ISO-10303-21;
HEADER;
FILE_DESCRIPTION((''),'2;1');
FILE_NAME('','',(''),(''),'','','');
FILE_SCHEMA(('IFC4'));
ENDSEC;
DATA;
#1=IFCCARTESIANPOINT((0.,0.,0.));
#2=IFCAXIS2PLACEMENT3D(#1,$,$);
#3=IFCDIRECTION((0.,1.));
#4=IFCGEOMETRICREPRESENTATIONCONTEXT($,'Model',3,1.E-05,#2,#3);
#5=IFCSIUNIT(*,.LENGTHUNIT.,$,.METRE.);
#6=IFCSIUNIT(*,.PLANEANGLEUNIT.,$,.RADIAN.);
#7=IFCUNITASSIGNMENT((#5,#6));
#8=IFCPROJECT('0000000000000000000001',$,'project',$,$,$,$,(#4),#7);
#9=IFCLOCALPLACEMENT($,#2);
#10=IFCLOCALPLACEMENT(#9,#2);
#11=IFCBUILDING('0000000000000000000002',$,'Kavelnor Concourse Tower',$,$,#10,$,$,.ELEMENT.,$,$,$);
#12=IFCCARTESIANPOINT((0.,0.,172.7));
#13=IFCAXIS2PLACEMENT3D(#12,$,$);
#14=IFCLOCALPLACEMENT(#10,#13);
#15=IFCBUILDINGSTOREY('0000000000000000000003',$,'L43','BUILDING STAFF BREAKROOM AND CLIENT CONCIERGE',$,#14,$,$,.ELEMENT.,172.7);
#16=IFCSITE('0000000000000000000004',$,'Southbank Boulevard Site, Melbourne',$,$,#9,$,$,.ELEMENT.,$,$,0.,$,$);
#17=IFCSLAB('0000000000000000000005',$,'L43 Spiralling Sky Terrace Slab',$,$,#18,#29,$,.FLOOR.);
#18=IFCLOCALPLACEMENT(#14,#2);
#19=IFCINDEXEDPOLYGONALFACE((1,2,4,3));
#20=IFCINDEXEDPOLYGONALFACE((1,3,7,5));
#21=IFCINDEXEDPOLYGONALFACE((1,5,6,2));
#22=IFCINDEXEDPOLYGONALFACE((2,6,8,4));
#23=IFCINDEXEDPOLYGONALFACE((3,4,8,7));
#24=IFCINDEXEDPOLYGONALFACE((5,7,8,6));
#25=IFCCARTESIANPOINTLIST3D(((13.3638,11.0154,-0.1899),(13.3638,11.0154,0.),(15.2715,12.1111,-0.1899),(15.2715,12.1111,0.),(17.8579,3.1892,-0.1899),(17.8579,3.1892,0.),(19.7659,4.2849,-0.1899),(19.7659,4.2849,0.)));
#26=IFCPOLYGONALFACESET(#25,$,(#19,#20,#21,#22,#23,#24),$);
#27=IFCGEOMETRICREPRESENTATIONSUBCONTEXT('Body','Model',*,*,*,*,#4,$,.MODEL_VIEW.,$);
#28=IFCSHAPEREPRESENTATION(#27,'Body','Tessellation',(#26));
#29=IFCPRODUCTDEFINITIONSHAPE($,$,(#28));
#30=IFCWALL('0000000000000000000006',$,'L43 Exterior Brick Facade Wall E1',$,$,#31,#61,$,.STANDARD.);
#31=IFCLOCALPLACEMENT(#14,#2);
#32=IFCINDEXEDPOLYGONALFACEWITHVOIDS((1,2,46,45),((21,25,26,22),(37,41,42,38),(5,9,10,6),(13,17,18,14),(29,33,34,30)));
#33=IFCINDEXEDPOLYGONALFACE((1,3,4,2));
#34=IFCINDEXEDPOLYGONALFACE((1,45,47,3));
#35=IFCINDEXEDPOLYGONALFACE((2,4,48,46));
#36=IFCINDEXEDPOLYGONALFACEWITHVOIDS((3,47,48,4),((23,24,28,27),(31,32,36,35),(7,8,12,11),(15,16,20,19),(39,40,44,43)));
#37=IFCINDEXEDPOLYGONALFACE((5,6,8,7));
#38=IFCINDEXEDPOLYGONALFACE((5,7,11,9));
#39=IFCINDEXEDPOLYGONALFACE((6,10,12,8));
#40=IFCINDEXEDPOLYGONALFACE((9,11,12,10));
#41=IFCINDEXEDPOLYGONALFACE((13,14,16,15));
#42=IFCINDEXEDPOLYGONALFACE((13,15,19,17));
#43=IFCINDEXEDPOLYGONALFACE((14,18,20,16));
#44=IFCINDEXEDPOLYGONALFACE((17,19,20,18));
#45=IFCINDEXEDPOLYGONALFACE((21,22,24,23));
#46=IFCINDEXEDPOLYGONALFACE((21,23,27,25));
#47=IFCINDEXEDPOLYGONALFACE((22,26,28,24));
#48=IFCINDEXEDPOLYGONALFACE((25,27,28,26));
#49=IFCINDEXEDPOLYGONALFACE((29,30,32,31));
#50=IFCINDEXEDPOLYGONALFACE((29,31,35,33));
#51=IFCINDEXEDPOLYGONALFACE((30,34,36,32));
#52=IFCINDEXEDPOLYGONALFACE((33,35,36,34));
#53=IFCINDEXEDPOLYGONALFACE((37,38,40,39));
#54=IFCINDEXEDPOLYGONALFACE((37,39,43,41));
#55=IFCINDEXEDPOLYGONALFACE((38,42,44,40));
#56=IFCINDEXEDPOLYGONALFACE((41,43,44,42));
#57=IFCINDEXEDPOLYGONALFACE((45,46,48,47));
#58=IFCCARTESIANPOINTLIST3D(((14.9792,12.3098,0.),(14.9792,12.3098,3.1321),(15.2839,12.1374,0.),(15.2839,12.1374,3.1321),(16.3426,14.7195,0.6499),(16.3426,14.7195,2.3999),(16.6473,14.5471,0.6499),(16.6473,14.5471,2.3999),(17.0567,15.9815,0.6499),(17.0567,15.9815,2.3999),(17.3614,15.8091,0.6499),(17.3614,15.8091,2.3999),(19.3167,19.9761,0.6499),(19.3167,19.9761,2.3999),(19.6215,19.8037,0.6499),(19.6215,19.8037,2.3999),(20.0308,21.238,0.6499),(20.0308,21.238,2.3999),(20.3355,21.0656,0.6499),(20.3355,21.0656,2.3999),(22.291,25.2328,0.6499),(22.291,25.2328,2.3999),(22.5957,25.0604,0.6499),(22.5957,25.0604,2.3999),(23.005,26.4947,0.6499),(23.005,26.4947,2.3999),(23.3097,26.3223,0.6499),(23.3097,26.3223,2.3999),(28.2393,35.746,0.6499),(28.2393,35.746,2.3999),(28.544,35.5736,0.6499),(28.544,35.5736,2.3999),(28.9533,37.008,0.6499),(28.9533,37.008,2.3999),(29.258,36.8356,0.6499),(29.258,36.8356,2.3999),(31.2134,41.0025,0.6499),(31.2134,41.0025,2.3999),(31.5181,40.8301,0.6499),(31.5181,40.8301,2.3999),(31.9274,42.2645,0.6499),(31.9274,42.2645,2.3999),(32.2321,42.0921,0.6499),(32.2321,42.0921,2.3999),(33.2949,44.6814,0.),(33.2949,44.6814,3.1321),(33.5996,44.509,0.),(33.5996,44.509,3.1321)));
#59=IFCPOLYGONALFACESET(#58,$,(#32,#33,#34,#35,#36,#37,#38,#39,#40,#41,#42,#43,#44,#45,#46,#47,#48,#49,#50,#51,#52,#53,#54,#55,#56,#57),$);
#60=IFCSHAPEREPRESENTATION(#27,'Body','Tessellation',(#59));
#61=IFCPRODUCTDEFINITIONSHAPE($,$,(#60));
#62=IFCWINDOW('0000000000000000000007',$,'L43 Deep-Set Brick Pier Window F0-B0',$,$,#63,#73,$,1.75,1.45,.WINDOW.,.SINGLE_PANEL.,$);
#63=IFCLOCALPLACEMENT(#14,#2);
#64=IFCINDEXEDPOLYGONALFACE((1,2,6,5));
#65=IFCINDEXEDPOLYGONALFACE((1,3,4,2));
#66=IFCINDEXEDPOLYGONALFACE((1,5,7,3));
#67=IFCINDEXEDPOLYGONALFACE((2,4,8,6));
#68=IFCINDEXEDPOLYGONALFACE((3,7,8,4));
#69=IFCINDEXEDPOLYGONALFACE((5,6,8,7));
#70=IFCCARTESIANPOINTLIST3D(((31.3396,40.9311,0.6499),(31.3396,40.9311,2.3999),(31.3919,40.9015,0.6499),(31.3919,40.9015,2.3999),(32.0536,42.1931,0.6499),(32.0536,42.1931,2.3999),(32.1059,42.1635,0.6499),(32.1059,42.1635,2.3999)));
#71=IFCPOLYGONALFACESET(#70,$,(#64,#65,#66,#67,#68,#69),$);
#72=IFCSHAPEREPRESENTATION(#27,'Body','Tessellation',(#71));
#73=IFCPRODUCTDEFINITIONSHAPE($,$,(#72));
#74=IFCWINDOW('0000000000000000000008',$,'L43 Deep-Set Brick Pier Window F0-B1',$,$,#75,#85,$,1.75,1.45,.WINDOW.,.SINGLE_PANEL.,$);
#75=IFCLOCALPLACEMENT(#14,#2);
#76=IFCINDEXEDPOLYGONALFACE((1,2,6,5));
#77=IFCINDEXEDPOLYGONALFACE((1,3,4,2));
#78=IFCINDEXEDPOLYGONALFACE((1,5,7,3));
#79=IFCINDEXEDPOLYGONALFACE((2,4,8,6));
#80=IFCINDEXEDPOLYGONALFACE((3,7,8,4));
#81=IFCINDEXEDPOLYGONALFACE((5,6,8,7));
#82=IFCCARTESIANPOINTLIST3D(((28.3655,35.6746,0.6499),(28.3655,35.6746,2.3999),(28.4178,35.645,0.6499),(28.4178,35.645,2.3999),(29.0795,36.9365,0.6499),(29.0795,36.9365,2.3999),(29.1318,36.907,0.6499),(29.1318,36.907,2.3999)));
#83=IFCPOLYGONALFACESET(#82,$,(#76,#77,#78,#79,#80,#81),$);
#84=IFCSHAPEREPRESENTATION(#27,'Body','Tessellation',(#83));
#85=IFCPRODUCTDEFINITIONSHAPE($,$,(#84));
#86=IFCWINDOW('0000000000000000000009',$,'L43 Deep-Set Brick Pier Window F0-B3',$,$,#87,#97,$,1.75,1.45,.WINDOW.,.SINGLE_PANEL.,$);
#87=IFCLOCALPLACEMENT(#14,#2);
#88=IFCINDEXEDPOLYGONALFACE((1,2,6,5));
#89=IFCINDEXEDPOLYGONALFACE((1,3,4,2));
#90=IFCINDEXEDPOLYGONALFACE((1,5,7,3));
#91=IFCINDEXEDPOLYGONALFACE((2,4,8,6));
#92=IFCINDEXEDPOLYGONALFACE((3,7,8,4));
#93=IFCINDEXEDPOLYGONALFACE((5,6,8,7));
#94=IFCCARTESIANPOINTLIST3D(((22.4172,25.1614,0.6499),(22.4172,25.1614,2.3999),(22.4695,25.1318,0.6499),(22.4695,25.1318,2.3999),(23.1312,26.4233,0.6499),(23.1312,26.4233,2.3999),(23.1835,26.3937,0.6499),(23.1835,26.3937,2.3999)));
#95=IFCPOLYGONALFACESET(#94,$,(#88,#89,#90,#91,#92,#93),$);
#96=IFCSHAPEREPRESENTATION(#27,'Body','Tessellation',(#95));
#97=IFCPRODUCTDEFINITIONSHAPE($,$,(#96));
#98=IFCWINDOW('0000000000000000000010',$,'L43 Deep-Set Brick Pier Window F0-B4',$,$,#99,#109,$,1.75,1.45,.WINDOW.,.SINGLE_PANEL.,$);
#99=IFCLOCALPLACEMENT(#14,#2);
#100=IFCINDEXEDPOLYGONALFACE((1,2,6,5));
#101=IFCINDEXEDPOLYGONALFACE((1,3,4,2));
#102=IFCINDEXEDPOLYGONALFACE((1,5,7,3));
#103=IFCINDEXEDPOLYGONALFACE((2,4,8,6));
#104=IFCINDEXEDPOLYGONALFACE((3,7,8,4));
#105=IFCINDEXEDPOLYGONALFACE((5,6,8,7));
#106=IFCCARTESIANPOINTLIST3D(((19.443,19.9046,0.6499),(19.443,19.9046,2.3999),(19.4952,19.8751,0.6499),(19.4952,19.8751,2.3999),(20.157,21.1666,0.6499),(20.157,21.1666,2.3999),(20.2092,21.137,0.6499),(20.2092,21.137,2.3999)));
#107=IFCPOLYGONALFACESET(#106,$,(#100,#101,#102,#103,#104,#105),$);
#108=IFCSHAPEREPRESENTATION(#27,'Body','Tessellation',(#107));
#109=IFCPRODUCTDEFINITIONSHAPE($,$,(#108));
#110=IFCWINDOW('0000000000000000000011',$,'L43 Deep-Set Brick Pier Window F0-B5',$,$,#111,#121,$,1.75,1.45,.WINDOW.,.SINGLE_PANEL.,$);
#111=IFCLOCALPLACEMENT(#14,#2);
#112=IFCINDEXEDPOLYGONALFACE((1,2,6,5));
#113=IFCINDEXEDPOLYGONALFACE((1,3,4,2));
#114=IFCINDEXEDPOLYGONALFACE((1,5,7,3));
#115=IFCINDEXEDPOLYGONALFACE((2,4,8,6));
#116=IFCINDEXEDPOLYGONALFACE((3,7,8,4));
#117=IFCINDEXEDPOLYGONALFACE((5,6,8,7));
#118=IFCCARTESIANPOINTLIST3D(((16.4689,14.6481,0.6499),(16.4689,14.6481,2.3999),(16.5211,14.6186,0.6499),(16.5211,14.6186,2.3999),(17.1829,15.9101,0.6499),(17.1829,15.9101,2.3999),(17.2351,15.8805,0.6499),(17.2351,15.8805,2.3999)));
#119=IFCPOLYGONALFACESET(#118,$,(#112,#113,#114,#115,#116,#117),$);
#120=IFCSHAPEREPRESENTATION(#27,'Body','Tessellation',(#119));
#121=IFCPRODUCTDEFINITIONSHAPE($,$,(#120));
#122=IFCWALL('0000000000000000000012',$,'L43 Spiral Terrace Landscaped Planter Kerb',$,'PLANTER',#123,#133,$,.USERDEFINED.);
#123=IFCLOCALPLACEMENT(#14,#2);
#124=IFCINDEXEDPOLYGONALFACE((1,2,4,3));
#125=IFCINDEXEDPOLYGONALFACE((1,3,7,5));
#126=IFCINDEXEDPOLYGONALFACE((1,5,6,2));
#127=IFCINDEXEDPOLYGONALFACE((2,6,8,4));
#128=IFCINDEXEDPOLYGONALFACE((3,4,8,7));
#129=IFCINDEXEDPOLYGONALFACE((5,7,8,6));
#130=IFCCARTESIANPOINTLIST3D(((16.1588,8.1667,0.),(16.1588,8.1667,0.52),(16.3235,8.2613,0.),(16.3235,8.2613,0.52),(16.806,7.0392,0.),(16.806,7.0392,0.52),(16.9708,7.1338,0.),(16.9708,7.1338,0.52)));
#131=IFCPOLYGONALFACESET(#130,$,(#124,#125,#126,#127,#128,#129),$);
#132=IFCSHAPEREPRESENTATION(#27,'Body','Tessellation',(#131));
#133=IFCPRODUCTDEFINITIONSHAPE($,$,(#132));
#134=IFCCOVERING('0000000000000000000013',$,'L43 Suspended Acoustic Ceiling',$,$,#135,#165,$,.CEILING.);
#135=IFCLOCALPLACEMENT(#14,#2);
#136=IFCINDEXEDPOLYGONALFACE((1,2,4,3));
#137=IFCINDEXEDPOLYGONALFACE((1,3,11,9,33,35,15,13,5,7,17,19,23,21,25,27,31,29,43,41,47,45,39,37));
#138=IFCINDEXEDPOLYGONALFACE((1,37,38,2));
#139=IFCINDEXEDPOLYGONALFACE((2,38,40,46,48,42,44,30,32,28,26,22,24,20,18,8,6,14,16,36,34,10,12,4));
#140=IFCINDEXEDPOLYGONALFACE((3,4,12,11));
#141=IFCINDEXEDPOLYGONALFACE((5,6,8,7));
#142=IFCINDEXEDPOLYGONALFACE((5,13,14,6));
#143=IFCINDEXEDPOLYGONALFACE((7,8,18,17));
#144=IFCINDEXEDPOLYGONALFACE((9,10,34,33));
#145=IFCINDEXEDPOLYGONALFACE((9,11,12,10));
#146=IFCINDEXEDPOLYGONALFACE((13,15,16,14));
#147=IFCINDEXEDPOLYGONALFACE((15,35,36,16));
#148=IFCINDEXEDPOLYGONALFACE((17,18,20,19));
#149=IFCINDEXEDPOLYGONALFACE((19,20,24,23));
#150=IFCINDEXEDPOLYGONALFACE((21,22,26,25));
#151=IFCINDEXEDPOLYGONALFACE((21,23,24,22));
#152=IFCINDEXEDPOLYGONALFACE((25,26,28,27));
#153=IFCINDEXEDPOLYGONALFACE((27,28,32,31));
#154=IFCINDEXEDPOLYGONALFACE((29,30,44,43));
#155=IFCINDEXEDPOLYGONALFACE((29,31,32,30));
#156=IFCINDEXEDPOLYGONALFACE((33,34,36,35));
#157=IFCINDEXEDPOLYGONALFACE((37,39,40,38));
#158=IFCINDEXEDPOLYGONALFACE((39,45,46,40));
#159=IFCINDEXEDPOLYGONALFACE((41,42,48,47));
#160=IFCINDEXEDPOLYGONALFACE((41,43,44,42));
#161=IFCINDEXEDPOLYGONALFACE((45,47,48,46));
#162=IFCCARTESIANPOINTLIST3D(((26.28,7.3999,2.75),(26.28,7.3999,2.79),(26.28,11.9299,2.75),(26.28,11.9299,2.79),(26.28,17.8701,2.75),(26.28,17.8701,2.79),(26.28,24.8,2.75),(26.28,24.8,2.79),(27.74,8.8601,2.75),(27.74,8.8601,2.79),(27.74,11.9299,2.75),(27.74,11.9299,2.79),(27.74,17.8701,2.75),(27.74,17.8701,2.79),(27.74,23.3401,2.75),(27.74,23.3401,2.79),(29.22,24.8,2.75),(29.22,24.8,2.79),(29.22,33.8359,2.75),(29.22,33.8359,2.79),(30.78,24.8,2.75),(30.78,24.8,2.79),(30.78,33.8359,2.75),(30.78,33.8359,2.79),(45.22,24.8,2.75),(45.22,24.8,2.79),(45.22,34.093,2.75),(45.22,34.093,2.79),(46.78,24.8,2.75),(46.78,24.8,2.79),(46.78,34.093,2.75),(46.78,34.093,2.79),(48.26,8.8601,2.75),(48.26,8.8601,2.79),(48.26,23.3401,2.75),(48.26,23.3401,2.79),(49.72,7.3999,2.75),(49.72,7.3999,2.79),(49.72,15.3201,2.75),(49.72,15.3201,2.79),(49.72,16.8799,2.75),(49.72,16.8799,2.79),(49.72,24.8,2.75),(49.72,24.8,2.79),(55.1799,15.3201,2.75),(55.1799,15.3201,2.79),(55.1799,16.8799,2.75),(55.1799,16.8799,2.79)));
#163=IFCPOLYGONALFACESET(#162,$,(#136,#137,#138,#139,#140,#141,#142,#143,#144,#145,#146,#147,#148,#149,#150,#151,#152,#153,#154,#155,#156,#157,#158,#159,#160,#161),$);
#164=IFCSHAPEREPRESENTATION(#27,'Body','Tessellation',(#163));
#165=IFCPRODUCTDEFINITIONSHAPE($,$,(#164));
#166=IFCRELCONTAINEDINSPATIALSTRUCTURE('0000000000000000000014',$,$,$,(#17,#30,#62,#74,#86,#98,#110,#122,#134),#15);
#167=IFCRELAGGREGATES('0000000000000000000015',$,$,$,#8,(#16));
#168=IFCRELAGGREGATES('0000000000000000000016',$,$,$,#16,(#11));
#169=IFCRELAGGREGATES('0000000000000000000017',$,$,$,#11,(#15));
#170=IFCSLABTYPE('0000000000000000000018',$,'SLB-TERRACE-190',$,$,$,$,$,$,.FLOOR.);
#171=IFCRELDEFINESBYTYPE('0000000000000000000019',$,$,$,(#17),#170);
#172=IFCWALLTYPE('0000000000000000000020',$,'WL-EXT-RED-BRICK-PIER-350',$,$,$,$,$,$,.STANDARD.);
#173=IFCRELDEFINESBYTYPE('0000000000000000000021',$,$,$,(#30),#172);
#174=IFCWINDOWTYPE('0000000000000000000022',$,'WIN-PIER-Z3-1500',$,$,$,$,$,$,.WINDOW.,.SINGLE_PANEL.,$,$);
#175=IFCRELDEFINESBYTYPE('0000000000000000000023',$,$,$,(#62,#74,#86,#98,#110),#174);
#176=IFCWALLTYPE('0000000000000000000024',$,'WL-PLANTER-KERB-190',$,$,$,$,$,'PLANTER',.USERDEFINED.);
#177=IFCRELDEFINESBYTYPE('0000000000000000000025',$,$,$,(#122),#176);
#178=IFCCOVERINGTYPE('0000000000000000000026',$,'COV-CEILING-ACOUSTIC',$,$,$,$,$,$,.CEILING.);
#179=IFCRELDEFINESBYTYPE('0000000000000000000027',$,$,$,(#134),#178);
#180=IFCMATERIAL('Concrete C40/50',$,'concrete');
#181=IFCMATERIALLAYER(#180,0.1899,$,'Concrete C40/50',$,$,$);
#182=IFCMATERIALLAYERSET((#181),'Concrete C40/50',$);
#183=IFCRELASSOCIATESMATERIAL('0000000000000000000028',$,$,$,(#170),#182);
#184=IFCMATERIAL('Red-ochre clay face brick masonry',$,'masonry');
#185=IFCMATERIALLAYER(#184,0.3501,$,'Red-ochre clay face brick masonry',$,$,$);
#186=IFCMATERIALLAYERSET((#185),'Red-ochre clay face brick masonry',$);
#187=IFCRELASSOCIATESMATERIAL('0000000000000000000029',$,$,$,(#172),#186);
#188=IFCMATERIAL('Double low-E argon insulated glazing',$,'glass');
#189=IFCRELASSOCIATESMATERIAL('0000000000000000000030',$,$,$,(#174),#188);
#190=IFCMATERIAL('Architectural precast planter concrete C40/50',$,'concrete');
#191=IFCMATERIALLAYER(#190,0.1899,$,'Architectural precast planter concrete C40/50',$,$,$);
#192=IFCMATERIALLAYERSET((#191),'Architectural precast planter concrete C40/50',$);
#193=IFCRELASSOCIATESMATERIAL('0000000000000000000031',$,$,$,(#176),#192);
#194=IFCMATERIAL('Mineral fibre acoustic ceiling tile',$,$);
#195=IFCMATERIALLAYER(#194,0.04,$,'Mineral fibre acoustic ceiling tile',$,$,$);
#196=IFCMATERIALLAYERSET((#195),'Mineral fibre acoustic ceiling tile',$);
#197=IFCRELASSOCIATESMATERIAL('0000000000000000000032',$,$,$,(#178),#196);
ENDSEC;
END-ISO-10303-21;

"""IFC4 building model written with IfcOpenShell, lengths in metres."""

from ifc_helpers import new_model, si_unit, direction, frame, frame_2d, origin, place, context, subcontext, project, spatial, polyline, rectangle, outline, extrude, material, layer, layer_set, type_object, element, fill, save


model = new_model("IFC4")

# Units and contexts
model_context = context("Model", 3, precision=1e-05, world=origin(), true_north=direction((0.0, 1.0)))
body_context = subcontext(model_context, "Body", "Model", "MODEL_VIEW")
ifc_project = project(units=[si_unit("LENGTHUNIT", "METRE"), si_unit("PLANEANGLEUNIT", "RADIAN")], contexts=[model_context])

# Site, building, storey
site_placement = place(None, origin())
site = spatial("IfcSite", under=ifc_project, at=site_placement, Name="Southbank Boulevard Site, Melbourne", CompositionType="ELEMENT", RefElevation=0.0)
building_placement = place(site_placement, origin())
building = spatial("IfcBuilding", under=site, at=building_placement, Name="Kavelnor Concourse Tower", CompositionType="ELEMENT")
storey_placement = place(building_placement, frame((0.0, 0.0, 172.7)))
storey = spatial("IfcBuildingStorey", under=building, at=storey_placement, Name="L43", Description="BUILDING STAFF BREAKROOM AND CLIENT CONCIERGE", CompositionType="ELEMENT", Elevation=172.7)

# Shared definitions
ifc_material_1 = material(Name="Concrete C40/50", Category="concrete")

# Slab
ifc_layer_1 = layer(ifc_material_1, 0.1899, Name="Concrete C40/50")
ifc_layer_set_1 = layer_set([ifc_layer_1], Name="Concrete C40/50")
slab_type_1 = type_object("IfcSlabType", Name="SLB-TERRACE-190", PredefinedType="FLOOR", material=ifc_layer_set_1)
slab_1_placement = place(storey_placement, frame((0.0, 0.0, -0.1899)))
element("IfcSlab", 1, at=slab_1_placement, inside=storey, type_object=slab_type_1, Name="L43 Spiralling Sky Terrace Slab", PredefinedType="FLOOR", context=body_context, shape_type="SweptSolid", body=[
    extrude(outline(polyline([(17.8579, 3.1892), (13.3638, 11.0154), (15.2715, 12.1111), (19.7659, 4.2849), (17.8579, 3.1892)])), origin(), (0.0, 0.0, 1.0), 0.1899),
])

# Wall, openings, windows
ifc_material_2 = material(Name="Red-ochre clay face brick masonry", Category="masonry")
ifc_layer_2 = layer(ifc_material_2, 0.3501, Name="Red-ochre clay face brick masonry")
ifc_layer_set_2 = layer_set([ifc_layer_2], Name="Red-ochre clay face brick masonry")
wall_type_1 = type_object("IfcWallType", Name="WL-EXT-RED-BRICK-PIER-350", PredefinedType="STANDARD", material=ifc_layer_set_2)
wall_1_placement = place(storey_placement, frame((15.1316, 12.2236, 0.0), z_axis=(0.0, 0.0, 1.0), x_axis=(0.492438, 0.870347, 0.0)))
wall_1 = element("IfcWall", 2, at=wall_1_placement, inside=storey, type_object=wall_type_1, Name="L43 Exterior Brick Facade Wall E1", PredefinedType="STANDARD", context=body_context, shape_type="SweptSolid", body=[
    extrude(rectangle(XDim=37.1938, YDim=0.3501, at=frame_2d((18.5969, 0.0))), origin(), (0.0, 0.0, 1.0), 3.1321),
])
opening_1_placement = place(wall_1_placement, frame((32.9668, 0.0, 0.6499)))
opening_1 = element("IfcOpeningElement", 3, at=opening_1_placement, cuts=wall_1, PredefinedType="OPENING", context=body_context, shape_type="SweptSolid", body=[
    extrude(rectangle(XDim=1.45, YDim=1.75, at=frame_2d((0.7251, 0.875))), frame((0.0, 0.1851, 0.0), z_axis=(0.0, -1.0, 0.0), x_axis=(1.0, 0.0, 0.0)), (0.0, 0.0, 1.0), 0.3701),
])
opening_2_placement = place(wall_1_placement, frame((26.9272, 0.0, 0.6499)))
opening_2 = element("IfcOpeningElement", 4, at=opening_2_placement, cuts=wall_1, PredefinedType="OPENING", context=body_context, shape_type="SweptSolid", body=[
    extrude(rectangle(XDim=1.45, YDim=1.75, at=frame_2d((0.7251, 0.875))), frame((0.0, 0.1851, 0.0), z_axis=(0.0, -1.0, 0.0), x_axis=(1.0, 0.0, 0.0)), (0.0, 0.0, 1.0), 0.3701),
])
opening_3_placement = place(wall_1_placement, frame((14.8479, 0.0, 0.6499)))
opening_3 = element("IfcOpeningElement", 5, at=opening_3_placement, cuts=wall_1, PredefinedType="OPENING", context=body_context, shape_type="SweptSolid", body=[
    extrude(rectangle(XDim=1.45, YDim=1.75, at=frame_2d((0.7251, 0.875))), frame((0.0, 0.1851, 0.0), z_axis=(0.0, -1.0, 0.0), x_axis=(1.0, 0.0, 0.0)), (0.0, 0.0, 1.0), 0.3701),
])
opening_4_placement = place(wall_1_placement, frame((8.8081, 0.0, 0.6499)))
opening_4 = element("IfcOpeningElement", 6, at=opening_4_placement, cuts=wall_1, PredefinedType="OPENING", context=body_context, shape_type="SweptSolid", body=[
    extrude(rectangle(XDim=1.45, YDim=1.75, at=frame_2d((0.7251, 0.875))), frame((0.0, 0.1851, 0.0), z_axis=(0.0, -1.0, 0.0), x_axis=(1.0, 0.0, 0.0)), (0.0, 0.0, 1.0), 0.3701),
])
opening_5_placement = place(wall_1_placement, frame((2.7686, 0.0, 0.6499)))
opening_5 = element("IfcOpeningElement", 7, at=opening_5_placement, cuts=wall_1, PredefinedType="OPENING", context=body_context, shape_type="SweptSolid", body=[
    extrude(rectangle(XDim=1.45, YDim=1.75, at=frame_2d((0.7251, 0.875))), frame((0.0, 0.1851, 0.0), z_axis=(0.0, -1.0, 0.0), x_axis=(1.0, 0.0, 0.0)), (0.0, 0.0, 1.0), 0.3701),
])
ifc_material_3 = material(Name="Double low-E argon insulated glazing", Category="glass")
window_type = type_object("IfcWindowType", Name="WIN-PIER-Z3-1500", PartitioningType="SINGLE_PANEL", PredefinedType="WINDOW", material=ifc_material_3)
window_1_placement = place(opening_1_placement, origin())
window_1 = element("IfcWindow", 8, at=window_1_placement, inside=storey, type_object=window_type, Name="L43 Deep-Set Brick Pier Window F0-B0", OverallHeight=1.75, OverallWidth=1.45, PartitioningType="SINGLE_PANEL", PredefinedType="WINDOW", context=body_context, shape_type="SweptSolid", body=[
    extrude(rectangle(XDim=1.45, YDim=1.75, at=frame_2d((0.7251, 0.875))), frame((0.0, 0.03, 0.0), z_axis=(0.0, -1.0, 0.0), x_axis=(1.0, 0.0, 0.0)), (0.0, 0.0, 1.0), 0.0601),
])
fill(opening_1, window_1)
window_2_placement = place(opening_2_placement, origin())
window_2 = element("IfcWindow", 9, at=window_2_placement, inside=storey, type_object=window_type, Name="L43 Deep-Set Brick Pier Window F0-B1", OverallHeight=1.75, OverallWidth=1.45, PartitioningType="SINGLE_PANEL", PredefinedType="WINDOW", context=body_context, shape_type="SweptSolid", body=[
    extrude(rectangle(XDim=1.45, YDim=1.75, at=frame_2d((0.7251, 0.875))), frame((0.0, 0.03, 0.0), z_axis=(0.0, -1.0, 0.0), x_axis=(1.0, 0.0, 0.0)), (0.0, 0.0, 1.0), 0.0601),
])
fill(opening_2, window_2)
window_3_placement = place(opening_3_placement, origin())
window_3 = element("IfcWindow", 10, at=window_3_placement, inside=storey, type_object=window_type, Name="L43 Deep-Set Brick Pier Window F0-B3", OverallHeight=1.75, OverallWidth=1.45, PartitioningType="SINGLE_PANEL", PredefinedType="WINDOW", context=body_context, shape_type="SweptSolid", body=[
    extrude(rectangle(XDim=1.45, YDim=1.75, at=frame_2d((0.7251, 0.875))), frame((0.0, 0.03, 0.0), z_axis=(0.0, -1.0, 0.0), x_axis=(1.0, 0.0, 0.0)), (0.0, 0.0, 1.0), 0.0601),
])
fill(opening_3, window_3)
window_4_placement = place(opening_4_placement, origin())
window_4 = element("IfcWindow", 11, at=window_4_placement, inside=storey, type_object=window_type, Name="L43 Deep-Set Brick Pier Window F0-B4", OverallHeight=1.75, OverallWidth=1.45, PartitioningType="SINGLE_PANEL", PredefinedType="WINDOW", context=body_context, shape_type="SweptSolid", body=[
    extrude(rectangle(XDim=1.45, YDim=1.75, at=frame_2d((0.7251, 0.875))), frame((0.0, 0.03, 0.0), z_axis=(0.0, -1.0, 0.0), x_axis=(1.0, 0.0, 0.0)), (0.0, 0.0, 1.0), 0.0601),
])
fill(opening_4, window_4)
window_5_placement = place(opening_5_placement, origin())
window_5 = element("IfcWindow", 12, at=window_5_placement, inside=storey, type_object=window_type, Name="L43 Deep-Set Brick Pier Window F0-B5", OverallHeight=1.75, OverallWidth=1.45, PartitioningType="SINGLE_PANEL", PredefinedType="WINDOW", context=body_context, shape_type="SweptSolid", body=[
    extrude(rectangle(XDim=1.45, YDim=1.75, at=frame_2d((0.7251, 0.875))), frame((0.0, 0.03, 0.0), z_axis=(0.0, -1.0, 0.0), x_axis=(1.0, 0.0, 0.0)), (0.0, 0.0, 1.0), 0.0601),
])
fill(opening_5, window_5)

# Wall
ifc_material_4 = material(Name="Architectural precast planter concrete C40/50", Category="concrete")
ifc_layer_3 = layer(ifc_material_4, 0.1899, Name="Architectural precast planter concrete C40/50")
ifc_layer_set_3 = layer_set([ifc_layer_3], Name="Architectural precast planter concrete C40/50")
wall_type_2 = type_object("IfcWallType", Name="WL-PLANTER-KERB-190", ElementType="PLANTER", PredefinedType="USERDEFINED", material=ifc_layer_set_3)
wall_2_placement = place(storey_placement, frame((16.2412, 8.2139, 0.0), z_axis=(0.0, 0.0, 1.0), x_axis=(0.497857, -0.867259, 0.0)))
element("IfcWall", 13, at=wall_2_placement, inside=storey, type_object=wall_type_2, Name="L43 Spiral Terrace Landscaped Planter Kerb", ObjectType="PLANTER", PredefinedType="USERDEFINED", context=body_context, shape_type="SweptSolid", body=[
    extrude(rectangle(XDim=1.3, YDim=0.1899, at=frame_2d((0.6499, 0.0))), origin(), (0.0, 0.0, 1.0), 0.52),
])

# Covering
ifc_material_5 = material(Name="Mineral fibre acoustic ceiling tile")
ifc_layer_4 = layer(ifc_material_5, 0.04, Name="Mineral fibre acoustic ceiling tile")
ifc_layer_set_4 = layer_set([ifc_layer_4], Name="Mineral fibre acoustic ceiling tile")
covering_type = type_object("IfcCoveringType", Name="COV-CEILING-ACOUSTIC", PredefinedType="CEILING", material=ifc_layer_set_4)
covering_placement = place(storey_placement, frame((0.0, 0.0, 2.75)))
element("IfcCovering", 14, at=covering_placement, inside=storey, type_object=covering_type, Name="L43 Suspended Acoustic Ceiling", PredefinedType="CEILING", context=body_context, shape_type="SweptSolid", body=[
    extrude(outline(polyline([(29.22, 24.8), (29.22, 33.8359), (30.78, 33.8359), (30.78, 24.8), (45.22, 24.8), (45.22, 34.093), (46.78, 34.093), (46.78, 24.8), (49.72, 24.8), (49.72, 16.8799), (55.1799, 16.8799), (55.1799, 15.3201), (49.72, 15.3201), (49.72, 7.3999), (26.28, 7.3999), (26.28, 11.9299), (27.74, 11.9299), (27.74, 8.8601), (48.26, 8.8601), (48.26, 23.3401), (27.74, 23.3401), (27.74, 17.8701), (26.28, 17.8701), (26.28, 24.8), (29.22, 24.8)])), origin(), (0.0, 0.0, 1.0), 0.04),
])

save(model, "model.ifc")
